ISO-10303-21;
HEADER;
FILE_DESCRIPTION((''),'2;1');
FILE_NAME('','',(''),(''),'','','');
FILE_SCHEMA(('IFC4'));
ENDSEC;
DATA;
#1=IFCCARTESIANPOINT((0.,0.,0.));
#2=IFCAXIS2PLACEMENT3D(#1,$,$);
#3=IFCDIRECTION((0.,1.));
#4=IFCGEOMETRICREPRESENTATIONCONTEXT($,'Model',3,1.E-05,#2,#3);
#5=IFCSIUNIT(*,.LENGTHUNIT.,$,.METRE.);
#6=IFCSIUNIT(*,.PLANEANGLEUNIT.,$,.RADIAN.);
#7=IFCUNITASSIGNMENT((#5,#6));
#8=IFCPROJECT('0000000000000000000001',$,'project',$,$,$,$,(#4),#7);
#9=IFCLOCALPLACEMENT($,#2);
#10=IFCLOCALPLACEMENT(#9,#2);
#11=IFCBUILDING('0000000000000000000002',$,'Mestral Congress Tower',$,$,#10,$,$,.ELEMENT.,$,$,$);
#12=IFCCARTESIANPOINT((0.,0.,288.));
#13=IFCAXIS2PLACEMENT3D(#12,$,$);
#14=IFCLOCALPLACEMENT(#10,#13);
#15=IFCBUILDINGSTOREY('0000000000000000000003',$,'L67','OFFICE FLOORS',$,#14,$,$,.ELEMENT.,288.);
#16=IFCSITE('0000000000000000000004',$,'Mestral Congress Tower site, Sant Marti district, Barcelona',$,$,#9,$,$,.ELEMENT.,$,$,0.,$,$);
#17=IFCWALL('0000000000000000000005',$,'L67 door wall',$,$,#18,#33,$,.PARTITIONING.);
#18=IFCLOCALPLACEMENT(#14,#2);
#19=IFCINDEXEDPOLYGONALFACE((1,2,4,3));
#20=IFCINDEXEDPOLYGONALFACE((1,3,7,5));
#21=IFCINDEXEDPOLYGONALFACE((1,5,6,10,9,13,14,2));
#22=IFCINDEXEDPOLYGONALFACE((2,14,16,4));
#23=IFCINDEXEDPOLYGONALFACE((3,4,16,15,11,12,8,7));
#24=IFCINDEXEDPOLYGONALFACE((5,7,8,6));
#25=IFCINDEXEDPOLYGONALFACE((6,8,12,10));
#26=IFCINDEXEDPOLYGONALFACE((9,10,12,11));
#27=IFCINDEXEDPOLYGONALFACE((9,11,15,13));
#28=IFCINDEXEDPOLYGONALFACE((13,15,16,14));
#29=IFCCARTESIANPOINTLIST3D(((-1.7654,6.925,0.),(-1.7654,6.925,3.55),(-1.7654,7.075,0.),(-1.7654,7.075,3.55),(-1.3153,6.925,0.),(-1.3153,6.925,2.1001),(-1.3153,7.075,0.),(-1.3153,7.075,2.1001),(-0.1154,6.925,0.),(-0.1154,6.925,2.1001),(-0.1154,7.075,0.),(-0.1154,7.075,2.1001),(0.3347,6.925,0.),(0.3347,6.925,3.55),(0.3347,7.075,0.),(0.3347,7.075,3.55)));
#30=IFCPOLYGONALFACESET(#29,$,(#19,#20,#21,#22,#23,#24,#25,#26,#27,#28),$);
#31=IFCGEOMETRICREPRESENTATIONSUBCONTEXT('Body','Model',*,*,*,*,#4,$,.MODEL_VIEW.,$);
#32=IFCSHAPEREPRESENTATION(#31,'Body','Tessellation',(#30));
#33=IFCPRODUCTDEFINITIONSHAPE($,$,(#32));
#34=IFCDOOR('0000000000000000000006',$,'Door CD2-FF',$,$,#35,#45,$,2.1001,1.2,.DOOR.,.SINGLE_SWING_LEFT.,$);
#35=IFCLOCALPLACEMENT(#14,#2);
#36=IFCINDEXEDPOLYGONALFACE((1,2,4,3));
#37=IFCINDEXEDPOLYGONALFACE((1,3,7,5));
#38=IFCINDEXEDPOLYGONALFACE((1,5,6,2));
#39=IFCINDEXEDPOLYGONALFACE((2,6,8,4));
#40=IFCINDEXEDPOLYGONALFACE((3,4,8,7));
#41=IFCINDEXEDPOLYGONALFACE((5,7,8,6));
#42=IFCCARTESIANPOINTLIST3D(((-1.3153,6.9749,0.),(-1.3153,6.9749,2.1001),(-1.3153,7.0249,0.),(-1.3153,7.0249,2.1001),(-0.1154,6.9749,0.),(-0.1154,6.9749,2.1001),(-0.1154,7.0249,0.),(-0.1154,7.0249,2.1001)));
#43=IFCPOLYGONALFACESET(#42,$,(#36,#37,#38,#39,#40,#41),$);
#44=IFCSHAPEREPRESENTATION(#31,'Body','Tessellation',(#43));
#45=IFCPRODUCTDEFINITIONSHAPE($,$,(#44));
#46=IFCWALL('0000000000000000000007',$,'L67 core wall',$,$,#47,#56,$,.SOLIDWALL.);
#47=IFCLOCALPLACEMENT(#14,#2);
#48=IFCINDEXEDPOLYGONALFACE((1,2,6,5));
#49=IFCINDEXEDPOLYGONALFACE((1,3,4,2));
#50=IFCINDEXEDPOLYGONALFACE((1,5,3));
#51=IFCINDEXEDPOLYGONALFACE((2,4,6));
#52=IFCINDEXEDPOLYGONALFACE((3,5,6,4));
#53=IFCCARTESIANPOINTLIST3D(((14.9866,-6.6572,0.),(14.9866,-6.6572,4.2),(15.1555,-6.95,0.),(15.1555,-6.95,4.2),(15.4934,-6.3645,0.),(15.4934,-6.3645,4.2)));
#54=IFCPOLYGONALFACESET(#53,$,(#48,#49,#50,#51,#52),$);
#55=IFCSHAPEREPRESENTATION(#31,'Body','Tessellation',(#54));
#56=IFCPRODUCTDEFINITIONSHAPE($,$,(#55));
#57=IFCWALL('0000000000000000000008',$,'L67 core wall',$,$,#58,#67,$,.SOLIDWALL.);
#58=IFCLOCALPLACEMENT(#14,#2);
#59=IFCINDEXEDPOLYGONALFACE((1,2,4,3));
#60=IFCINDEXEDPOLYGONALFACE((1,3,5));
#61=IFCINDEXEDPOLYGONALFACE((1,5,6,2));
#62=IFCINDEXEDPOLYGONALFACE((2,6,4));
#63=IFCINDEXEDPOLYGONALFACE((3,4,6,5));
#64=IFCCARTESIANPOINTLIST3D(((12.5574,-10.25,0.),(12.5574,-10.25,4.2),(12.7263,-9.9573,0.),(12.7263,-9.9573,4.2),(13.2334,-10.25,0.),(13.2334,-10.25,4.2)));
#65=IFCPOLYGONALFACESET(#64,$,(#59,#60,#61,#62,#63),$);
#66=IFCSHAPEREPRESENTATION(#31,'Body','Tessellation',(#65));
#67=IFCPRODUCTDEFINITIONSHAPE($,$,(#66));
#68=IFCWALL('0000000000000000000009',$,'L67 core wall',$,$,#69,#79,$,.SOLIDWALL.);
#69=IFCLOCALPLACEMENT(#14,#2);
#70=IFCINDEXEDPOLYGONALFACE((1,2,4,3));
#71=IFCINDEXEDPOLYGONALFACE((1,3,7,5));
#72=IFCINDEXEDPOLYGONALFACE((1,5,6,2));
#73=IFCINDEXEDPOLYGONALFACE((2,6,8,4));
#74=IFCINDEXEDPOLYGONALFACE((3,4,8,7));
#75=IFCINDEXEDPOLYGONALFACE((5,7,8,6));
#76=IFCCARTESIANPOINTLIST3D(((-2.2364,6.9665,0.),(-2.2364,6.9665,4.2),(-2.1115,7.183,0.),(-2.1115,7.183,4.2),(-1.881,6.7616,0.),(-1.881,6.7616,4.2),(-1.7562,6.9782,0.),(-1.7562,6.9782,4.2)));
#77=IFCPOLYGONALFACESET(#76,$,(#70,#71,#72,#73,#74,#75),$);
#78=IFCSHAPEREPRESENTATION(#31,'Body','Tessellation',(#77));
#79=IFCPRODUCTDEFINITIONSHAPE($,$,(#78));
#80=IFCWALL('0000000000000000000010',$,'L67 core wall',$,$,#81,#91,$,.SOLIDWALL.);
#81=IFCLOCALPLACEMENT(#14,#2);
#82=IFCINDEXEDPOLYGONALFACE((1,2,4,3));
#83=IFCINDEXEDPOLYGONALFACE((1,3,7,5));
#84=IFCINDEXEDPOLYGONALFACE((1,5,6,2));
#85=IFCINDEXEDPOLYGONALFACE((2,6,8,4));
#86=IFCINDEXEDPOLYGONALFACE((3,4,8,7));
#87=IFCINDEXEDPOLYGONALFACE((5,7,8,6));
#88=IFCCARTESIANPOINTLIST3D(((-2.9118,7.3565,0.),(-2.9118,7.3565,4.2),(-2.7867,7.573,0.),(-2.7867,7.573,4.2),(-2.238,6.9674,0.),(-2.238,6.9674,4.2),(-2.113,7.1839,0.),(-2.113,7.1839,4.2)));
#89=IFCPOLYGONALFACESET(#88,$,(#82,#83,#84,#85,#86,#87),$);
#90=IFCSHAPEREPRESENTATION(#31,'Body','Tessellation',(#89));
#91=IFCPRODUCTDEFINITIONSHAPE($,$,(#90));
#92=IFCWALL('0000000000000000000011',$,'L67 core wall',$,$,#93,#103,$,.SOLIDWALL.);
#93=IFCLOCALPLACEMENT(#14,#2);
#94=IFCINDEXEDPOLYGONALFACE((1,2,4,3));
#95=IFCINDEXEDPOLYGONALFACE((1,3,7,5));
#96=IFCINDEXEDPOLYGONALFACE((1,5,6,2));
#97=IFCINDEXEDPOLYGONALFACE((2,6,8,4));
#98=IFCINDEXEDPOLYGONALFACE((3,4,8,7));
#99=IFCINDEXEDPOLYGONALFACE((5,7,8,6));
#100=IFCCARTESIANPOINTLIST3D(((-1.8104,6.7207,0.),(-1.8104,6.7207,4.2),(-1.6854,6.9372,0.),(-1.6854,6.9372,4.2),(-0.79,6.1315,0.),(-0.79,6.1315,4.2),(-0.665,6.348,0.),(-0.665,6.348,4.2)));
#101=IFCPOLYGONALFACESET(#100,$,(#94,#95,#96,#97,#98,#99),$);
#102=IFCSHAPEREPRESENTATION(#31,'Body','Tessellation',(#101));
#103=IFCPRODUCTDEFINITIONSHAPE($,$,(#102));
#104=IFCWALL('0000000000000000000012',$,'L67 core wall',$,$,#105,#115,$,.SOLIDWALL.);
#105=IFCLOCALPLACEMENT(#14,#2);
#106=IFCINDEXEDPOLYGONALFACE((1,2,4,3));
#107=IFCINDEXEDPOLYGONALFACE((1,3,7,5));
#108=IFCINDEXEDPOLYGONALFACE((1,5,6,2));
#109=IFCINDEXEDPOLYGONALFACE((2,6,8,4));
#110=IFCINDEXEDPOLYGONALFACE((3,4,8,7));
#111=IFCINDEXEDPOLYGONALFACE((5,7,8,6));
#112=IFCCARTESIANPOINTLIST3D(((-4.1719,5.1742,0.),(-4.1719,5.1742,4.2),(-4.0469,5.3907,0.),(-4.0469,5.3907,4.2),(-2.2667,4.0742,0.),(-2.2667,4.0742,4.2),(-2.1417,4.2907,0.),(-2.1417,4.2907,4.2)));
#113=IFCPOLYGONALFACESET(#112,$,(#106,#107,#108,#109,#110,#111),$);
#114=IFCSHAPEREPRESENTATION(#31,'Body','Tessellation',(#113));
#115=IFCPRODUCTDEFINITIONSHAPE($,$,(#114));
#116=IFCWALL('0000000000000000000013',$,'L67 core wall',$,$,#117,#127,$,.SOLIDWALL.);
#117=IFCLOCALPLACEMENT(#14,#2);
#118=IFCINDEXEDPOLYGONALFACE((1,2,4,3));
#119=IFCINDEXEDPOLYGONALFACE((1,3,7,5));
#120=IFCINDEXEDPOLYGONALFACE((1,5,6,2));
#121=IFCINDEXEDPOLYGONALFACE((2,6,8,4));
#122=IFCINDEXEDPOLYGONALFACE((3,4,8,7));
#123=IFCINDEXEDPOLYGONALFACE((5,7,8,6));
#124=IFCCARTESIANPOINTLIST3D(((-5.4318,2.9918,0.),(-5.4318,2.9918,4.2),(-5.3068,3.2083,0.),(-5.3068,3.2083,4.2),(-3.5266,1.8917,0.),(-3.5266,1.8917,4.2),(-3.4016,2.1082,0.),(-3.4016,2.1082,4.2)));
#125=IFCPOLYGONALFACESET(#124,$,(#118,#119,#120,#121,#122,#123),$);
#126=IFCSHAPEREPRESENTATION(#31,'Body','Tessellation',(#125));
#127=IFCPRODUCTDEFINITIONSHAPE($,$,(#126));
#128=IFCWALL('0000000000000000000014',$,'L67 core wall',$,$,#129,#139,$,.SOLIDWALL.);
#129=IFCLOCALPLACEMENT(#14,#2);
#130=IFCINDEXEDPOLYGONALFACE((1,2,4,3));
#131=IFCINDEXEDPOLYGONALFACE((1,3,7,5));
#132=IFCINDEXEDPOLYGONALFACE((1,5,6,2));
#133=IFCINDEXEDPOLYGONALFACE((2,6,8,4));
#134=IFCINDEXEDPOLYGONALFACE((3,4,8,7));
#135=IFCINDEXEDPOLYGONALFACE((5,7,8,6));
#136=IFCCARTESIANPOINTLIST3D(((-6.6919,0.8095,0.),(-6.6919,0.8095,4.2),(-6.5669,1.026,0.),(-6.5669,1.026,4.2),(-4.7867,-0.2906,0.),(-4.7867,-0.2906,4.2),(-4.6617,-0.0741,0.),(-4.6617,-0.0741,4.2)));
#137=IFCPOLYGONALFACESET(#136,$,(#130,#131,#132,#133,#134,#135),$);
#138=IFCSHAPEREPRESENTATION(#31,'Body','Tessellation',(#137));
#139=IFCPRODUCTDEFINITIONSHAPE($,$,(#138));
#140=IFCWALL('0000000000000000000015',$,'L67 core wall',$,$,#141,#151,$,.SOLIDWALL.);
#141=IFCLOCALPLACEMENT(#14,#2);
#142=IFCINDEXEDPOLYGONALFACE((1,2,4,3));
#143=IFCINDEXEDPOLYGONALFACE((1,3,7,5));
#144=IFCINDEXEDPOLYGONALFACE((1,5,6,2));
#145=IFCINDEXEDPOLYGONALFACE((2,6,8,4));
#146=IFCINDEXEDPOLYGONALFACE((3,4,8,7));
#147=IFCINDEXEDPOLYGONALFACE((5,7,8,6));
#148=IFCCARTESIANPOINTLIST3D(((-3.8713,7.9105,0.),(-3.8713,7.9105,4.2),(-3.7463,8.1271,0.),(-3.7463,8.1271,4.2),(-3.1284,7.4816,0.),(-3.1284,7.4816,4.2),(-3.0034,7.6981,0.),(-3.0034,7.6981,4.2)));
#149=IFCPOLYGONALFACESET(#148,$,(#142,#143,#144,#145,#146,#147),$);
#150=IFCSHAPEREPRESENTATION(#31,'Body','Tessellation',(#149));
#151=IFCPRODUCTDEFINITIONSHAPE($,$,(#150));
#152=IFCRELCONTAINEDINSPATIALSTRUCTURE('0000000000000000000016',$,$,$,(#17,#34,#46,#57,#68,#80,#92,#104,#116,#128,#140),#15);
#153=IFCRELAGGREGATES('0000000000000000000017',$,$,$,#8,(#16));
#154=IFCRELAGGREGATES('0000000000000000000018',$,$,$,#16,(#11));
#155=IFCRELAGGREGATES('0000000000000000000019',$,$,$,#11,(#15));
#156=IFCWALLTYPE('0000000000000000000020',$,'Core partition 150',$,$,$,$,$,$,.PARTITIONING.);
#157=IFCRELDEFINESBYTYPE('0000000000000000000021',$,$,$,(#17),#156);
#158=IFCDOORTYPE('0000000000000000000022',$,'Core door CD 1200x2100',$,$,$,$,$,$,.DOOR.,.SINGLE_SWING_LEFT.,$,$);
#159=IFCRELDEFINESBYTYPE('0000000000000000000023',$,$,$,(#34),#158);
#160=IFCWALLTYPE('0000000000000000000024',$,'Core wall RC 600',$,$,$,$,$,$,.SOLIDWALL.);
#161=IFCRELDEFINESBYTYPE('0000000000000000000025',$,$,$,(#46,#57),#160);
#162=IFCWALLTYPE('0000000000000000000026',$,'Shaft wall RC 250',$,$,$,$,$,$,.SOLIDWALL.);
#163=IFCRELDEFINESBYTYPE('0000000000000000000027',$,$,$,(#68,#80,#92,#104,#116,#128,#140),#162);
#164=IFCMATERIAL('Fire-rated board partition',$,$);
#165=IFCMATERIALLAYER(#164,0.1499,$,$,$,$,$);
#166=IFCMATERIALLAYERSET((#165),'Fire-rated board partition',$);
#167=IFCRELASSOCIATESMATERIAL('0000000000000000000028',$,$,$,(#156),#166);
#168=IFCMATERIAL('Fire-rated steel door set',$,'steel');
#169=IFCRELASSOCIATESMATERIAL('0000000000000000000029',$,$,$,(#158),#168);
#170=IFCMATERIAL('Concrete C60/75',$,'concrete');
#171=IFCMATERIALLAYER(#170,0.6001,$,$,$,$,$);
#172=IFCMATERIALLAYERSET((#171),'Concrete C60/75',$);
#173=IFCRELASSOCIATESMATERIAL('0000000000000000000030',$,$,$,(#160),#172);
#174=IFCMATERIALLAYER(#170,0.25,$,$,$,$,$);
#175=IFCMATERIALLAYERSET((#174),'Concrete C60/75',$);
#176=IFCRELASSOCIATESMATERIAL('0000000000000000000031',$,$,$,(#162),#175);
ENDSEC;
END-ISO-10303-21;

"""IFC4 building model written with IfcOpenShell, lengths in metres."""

from ifc_helpers import new_model, si_unit, direction, frame, frame_2d, origin, place, context, subcontext, project, spatial, polyline, rectangle, outline, extrude, material, layer, layer_set, type_object, element, fill, save


model = new_model("IFC4")

# Units and contexts
model_context = context("Model", 3, precision=1e-05, world=origin(), true_north=direction((0.0, 1.0)))
body_context = subcontext(model_context, "Body", "Model", "MODEL_VIEW")
ifc_project = project(units=[si_unit("LENGTHUNIT", "METRE"), si_unit("PLANEANGLEUNIT", "RADIAN")], contexts=[model_context])

# Site, building, storey
site_placement = place(None, origin())
site = spatial("IfcSite", under=ifc_project, at=site_placement, Name="Mestral Congress Tower site, Sant Marti district, Barcelona", CompositionType="ELEMENT", RefElevation=0.0)
building_placement = place(site_placement, origin())
building = spatial("IfcBuilding", under=site, at=building_placement, Name="Mestral Congress Tower", CompositionType="ELEMENT")
storey_placement = place(building_placement, frame((0.0, 0.0, 288.0)))
storey = spatial("IfcBuildingStorey", under=building, at=storey_placement, Name="L67", Description="OFFICE FLOORS", CompositionType="ELEMENT", Elevation=288.0)

# Shared definitions
ifc_material_1 = material(Name="Concrete C60/75", Category="concrete")

# Shared definitions
placement_1 = place(storey_placement, origin())

# Shared definitions
ifc_material_2 = material(Name="Fire-rated board partition")
ifc_layer_1 = layer(ifc_material_2, 0.1499)
ifc_layer_set_1 = layer_set([ifc_layer_1], Name="Fire-rated board partition")
wall_type_1 = type_object("IfcWallType", Name="Core partition 150", PredefinedType="PARTITIONING", material=ifc_layer_set_1)

# Wall, opening, door
wall_1_placement = place(storey_placement, frame((-1.7654, 7.0, 0.0), z_axis=(0.0, 0.0, 1.0), x_axis=(1.0, 0.0, 0.0)))
wall_1 = element("IfcWall", 1, at=wall_1_placement, inside=storey, type_object=wall_type_1, Name="L67 door wall", PredefinedType="PARTITIONING", context=body_context, shape_type="SweptSolid", body=[
    extrude(rectangle(XDim=2.1001, YDim=0.1499, at=frame_2d((1.05, 0.0))), origin(), (0.0, 0.0, 1.0), 3.55),
])
opening_1_placement = place(wall_1_placement, frame((0.45, 0.0, 0.0)))
opening_1 = element("IfcOpeningElement", 2, at=opening_1_placement, cuts=wall_1, PredefinedType="OPENING", context=body_context, shape_type="SweptSolid", body=[
    extrude(rectangle(XDim=1.2, YDim=2.1001, at=frame_2d((0.6001, 1.05))), frame((0.0, 0.085, 0.0), z_axis=(0.0, -1.0, 0.0), x_axis=(1.0, 0.0, 0.0)), (0.0, 0.0, 1.0), 0.1699),
])
ifc_material_3 = material(Name="Fire-rated steel door set", Category="steel")
door_type_1 = type_object("IfcDoorType", Name="Core door CD 1200x2100", OperationType="SINGLE_SWING_LEFT", PredefinedType="DOOR", material=ifc_material_3)
door_1_placement = place(opening_1_placement, origin())
door_1 = element("IfcDoor", 3, at=door_1_placement, inside=storey, type_object=door_type_1, Name="Door CD2-FF", OperationType="SINGLE_SWING_LEFT", OverallHeight=2.1001, OverallWidth=1.2, PredefinedType="DOOR", context=body_context, shape_type="SweptSolid", body=[
    extrude(rectangle(XDim=1.2, YDim=2.1001, at=frame_2d((0.6001, 1.05))), frame((0.0, 0.0249, 0.0), z_axis=(0.0, -1.0, 0.0), x_axis=(1.0, 0.0, 0.0)), (0.0, 0.0, 1.0), 0.05),
])
fill(opening_1, door_1)

# Walls
ifc_layer_2 = layer(ifc_material_1, 0.6001)
ifc_layer_set_2 = layer_set([ifc_layer_2], Name="Concrete C60/75")
wall_type_2 = type_object("IfcWallType", Name="Core wall RC 600", PredefinedType="SOLIDWALL", material=ifc_layer_set_2)
element("IfcWall", 4, at=placement_1, inside=storey, type_object=wall_type_2, Name="L67 core wall", PredefinedType="SOLIDWALL", context=body_context, shape_type="SweptSolid", body=[
    extrude(outline(polyline([(15.1555, -6.95), (14.9866, -6.6572), (15.4934, -6.3645), (15.1555, -6.95)])), origin(), (0.0, 0.0, 1.0), 4.2),
])
element("IfcWall", 5, at=placement_1, inside=storey, type_object=wall_type_2, Name="L67 core wall", PredefinedType="SOLIDWALL", context=body_context, shape_type="SweptSolid", body=[
    extrude(outline(polyline([(12.7263, -9.9573), (13.2334, -10.25), (12.5574, -10.25), (12.7263, -9.9573)])), origin(), (0.0, 0.0, 1.0), 4.2),
])
ifc_layer_3 = layer(ifc_material_1, 0.25)
ifc_layer_set_3 = layer_set([ifc_layer_3], Name="Concrete C60/75")
wall_type_3 = type_object("IfcWallType", Name="Shaft wall RC 250", PredefinedType="SOLIDWALL", material=ifc_layer_set_3)
wall_2_placement = place(storey_placement, frame((-1.8186, 6.8699, 0.0), z_axis=(0.0, 0.0, 1.0), x_axis=(-0.866295, 0.499533, 0.0)))
element("IfcWall", 6, at=wall_2_placement, inside=storey, type_object=wall_type_3, Name="L67 core wall", PredefinedType="SOLIDWALL", context=body_context, shape_type="SweptSolid", body=[
    extrude(rectangle(XDim=0.4102, YDim=0.25, at=frame_2d((0.2051, 0.0))), origin(), (0.0, 0.0, 1.0), 4.2),
])
wall_3_placement = place(storey_placement, frame((-2.8494, 7.4648, 0.0), z_axis=(0.0, 0.0, 1.0), x_axis=(0.865956, -0.500121, 0.0)))
element("IfcWall", 7, at=wall_3_placement, inside=storey, type_object=wall_type_3, Name="L67 core wall", PredefinedType="SOLIDWALL", context=body_context, shape_type="SweptSolid", body=[
    extrude(rectangle(XDim=0.7781, YDim=0.25, at=frame_2d((0.3892, 0.0))), origin(), (0.0, 0.0, 1.0), 4.2),
])
wall_4_placement = place(storey_placement, frame((-0.7275, 6.2397, 0.0), z_axis=(0.0, 0.0, 1.0), x_axis=(-0.866003, 0.500039, 0.0)))
element("IfcWall", 8, at=wall_4_placement, inside=storey, type_object=wall_type_3, Name="L67 core wall", PredefinedType="SOLIDWALL", context=body_context, shape_type="SweptSolid", body=[
    extrude(rectangle(XDim=1.1782, YDim=0.25, at=frame_2d((0.5891, 0.0))), origin(), (0.0, 0.0, 1.0), 4.2),
])
for number, where, z_axis, x_axis, name in (
    (9, (-2.2041, 4.1824, 0.0), (0.0, 0.0, 1.0), (-0.866008, 0.50003, 0.0), "L67 core wall"),
    (10, (-5.3694, 3.1001, 0.0), (0.0, 0.0, 1.0), (0.866008, -0.50003, 0.0), "L67 core wall"),
    (11, (-4.7241, -0.1824, 0.0), (0.0, 0.0, 1.0), (-0.866008, 0.50003, 0.0), "L67 core wall"),
):
    element("IfcWall", number, at=place(storey_placement, frame(where, z_axis=z_axis, x_axis=x_axis)), inside=storey, type_object=wall_type_3, Name=name, PredefinedType="SOLIDWALL", context=body_context, shape_type="SweptSolid", body=[
        extrude(rectangle(XDim=2.2, YDim=0.25, at=frame_2d((1.1001, 0.0))), origin(), (0.0, 0.0, 1.0), 4.2),
    ])
wall_5_placement = place(storey_placement, frame((-3.8088, 8.0188, 0.0), z_axis=(0.0, 0.0, 1.0), x_axis=(0.86601, -0.500026, 0.0)))
element("IfcWall", 12, at=wall_5_placement, inside=storey, type_object=wall_type_3, Name="L67 core wall", PredefinedType="SOLIDWALL", context=body_context, shape_type="SweptSolid", body=[
    extrude(rectangle(XDim=0.8579, YDim=0.25, at=frame_2d((0.429, 0.0))), origin(), (0.0, 0.0, 1.0), 4.2),
])

save(model, "model.ifc")
